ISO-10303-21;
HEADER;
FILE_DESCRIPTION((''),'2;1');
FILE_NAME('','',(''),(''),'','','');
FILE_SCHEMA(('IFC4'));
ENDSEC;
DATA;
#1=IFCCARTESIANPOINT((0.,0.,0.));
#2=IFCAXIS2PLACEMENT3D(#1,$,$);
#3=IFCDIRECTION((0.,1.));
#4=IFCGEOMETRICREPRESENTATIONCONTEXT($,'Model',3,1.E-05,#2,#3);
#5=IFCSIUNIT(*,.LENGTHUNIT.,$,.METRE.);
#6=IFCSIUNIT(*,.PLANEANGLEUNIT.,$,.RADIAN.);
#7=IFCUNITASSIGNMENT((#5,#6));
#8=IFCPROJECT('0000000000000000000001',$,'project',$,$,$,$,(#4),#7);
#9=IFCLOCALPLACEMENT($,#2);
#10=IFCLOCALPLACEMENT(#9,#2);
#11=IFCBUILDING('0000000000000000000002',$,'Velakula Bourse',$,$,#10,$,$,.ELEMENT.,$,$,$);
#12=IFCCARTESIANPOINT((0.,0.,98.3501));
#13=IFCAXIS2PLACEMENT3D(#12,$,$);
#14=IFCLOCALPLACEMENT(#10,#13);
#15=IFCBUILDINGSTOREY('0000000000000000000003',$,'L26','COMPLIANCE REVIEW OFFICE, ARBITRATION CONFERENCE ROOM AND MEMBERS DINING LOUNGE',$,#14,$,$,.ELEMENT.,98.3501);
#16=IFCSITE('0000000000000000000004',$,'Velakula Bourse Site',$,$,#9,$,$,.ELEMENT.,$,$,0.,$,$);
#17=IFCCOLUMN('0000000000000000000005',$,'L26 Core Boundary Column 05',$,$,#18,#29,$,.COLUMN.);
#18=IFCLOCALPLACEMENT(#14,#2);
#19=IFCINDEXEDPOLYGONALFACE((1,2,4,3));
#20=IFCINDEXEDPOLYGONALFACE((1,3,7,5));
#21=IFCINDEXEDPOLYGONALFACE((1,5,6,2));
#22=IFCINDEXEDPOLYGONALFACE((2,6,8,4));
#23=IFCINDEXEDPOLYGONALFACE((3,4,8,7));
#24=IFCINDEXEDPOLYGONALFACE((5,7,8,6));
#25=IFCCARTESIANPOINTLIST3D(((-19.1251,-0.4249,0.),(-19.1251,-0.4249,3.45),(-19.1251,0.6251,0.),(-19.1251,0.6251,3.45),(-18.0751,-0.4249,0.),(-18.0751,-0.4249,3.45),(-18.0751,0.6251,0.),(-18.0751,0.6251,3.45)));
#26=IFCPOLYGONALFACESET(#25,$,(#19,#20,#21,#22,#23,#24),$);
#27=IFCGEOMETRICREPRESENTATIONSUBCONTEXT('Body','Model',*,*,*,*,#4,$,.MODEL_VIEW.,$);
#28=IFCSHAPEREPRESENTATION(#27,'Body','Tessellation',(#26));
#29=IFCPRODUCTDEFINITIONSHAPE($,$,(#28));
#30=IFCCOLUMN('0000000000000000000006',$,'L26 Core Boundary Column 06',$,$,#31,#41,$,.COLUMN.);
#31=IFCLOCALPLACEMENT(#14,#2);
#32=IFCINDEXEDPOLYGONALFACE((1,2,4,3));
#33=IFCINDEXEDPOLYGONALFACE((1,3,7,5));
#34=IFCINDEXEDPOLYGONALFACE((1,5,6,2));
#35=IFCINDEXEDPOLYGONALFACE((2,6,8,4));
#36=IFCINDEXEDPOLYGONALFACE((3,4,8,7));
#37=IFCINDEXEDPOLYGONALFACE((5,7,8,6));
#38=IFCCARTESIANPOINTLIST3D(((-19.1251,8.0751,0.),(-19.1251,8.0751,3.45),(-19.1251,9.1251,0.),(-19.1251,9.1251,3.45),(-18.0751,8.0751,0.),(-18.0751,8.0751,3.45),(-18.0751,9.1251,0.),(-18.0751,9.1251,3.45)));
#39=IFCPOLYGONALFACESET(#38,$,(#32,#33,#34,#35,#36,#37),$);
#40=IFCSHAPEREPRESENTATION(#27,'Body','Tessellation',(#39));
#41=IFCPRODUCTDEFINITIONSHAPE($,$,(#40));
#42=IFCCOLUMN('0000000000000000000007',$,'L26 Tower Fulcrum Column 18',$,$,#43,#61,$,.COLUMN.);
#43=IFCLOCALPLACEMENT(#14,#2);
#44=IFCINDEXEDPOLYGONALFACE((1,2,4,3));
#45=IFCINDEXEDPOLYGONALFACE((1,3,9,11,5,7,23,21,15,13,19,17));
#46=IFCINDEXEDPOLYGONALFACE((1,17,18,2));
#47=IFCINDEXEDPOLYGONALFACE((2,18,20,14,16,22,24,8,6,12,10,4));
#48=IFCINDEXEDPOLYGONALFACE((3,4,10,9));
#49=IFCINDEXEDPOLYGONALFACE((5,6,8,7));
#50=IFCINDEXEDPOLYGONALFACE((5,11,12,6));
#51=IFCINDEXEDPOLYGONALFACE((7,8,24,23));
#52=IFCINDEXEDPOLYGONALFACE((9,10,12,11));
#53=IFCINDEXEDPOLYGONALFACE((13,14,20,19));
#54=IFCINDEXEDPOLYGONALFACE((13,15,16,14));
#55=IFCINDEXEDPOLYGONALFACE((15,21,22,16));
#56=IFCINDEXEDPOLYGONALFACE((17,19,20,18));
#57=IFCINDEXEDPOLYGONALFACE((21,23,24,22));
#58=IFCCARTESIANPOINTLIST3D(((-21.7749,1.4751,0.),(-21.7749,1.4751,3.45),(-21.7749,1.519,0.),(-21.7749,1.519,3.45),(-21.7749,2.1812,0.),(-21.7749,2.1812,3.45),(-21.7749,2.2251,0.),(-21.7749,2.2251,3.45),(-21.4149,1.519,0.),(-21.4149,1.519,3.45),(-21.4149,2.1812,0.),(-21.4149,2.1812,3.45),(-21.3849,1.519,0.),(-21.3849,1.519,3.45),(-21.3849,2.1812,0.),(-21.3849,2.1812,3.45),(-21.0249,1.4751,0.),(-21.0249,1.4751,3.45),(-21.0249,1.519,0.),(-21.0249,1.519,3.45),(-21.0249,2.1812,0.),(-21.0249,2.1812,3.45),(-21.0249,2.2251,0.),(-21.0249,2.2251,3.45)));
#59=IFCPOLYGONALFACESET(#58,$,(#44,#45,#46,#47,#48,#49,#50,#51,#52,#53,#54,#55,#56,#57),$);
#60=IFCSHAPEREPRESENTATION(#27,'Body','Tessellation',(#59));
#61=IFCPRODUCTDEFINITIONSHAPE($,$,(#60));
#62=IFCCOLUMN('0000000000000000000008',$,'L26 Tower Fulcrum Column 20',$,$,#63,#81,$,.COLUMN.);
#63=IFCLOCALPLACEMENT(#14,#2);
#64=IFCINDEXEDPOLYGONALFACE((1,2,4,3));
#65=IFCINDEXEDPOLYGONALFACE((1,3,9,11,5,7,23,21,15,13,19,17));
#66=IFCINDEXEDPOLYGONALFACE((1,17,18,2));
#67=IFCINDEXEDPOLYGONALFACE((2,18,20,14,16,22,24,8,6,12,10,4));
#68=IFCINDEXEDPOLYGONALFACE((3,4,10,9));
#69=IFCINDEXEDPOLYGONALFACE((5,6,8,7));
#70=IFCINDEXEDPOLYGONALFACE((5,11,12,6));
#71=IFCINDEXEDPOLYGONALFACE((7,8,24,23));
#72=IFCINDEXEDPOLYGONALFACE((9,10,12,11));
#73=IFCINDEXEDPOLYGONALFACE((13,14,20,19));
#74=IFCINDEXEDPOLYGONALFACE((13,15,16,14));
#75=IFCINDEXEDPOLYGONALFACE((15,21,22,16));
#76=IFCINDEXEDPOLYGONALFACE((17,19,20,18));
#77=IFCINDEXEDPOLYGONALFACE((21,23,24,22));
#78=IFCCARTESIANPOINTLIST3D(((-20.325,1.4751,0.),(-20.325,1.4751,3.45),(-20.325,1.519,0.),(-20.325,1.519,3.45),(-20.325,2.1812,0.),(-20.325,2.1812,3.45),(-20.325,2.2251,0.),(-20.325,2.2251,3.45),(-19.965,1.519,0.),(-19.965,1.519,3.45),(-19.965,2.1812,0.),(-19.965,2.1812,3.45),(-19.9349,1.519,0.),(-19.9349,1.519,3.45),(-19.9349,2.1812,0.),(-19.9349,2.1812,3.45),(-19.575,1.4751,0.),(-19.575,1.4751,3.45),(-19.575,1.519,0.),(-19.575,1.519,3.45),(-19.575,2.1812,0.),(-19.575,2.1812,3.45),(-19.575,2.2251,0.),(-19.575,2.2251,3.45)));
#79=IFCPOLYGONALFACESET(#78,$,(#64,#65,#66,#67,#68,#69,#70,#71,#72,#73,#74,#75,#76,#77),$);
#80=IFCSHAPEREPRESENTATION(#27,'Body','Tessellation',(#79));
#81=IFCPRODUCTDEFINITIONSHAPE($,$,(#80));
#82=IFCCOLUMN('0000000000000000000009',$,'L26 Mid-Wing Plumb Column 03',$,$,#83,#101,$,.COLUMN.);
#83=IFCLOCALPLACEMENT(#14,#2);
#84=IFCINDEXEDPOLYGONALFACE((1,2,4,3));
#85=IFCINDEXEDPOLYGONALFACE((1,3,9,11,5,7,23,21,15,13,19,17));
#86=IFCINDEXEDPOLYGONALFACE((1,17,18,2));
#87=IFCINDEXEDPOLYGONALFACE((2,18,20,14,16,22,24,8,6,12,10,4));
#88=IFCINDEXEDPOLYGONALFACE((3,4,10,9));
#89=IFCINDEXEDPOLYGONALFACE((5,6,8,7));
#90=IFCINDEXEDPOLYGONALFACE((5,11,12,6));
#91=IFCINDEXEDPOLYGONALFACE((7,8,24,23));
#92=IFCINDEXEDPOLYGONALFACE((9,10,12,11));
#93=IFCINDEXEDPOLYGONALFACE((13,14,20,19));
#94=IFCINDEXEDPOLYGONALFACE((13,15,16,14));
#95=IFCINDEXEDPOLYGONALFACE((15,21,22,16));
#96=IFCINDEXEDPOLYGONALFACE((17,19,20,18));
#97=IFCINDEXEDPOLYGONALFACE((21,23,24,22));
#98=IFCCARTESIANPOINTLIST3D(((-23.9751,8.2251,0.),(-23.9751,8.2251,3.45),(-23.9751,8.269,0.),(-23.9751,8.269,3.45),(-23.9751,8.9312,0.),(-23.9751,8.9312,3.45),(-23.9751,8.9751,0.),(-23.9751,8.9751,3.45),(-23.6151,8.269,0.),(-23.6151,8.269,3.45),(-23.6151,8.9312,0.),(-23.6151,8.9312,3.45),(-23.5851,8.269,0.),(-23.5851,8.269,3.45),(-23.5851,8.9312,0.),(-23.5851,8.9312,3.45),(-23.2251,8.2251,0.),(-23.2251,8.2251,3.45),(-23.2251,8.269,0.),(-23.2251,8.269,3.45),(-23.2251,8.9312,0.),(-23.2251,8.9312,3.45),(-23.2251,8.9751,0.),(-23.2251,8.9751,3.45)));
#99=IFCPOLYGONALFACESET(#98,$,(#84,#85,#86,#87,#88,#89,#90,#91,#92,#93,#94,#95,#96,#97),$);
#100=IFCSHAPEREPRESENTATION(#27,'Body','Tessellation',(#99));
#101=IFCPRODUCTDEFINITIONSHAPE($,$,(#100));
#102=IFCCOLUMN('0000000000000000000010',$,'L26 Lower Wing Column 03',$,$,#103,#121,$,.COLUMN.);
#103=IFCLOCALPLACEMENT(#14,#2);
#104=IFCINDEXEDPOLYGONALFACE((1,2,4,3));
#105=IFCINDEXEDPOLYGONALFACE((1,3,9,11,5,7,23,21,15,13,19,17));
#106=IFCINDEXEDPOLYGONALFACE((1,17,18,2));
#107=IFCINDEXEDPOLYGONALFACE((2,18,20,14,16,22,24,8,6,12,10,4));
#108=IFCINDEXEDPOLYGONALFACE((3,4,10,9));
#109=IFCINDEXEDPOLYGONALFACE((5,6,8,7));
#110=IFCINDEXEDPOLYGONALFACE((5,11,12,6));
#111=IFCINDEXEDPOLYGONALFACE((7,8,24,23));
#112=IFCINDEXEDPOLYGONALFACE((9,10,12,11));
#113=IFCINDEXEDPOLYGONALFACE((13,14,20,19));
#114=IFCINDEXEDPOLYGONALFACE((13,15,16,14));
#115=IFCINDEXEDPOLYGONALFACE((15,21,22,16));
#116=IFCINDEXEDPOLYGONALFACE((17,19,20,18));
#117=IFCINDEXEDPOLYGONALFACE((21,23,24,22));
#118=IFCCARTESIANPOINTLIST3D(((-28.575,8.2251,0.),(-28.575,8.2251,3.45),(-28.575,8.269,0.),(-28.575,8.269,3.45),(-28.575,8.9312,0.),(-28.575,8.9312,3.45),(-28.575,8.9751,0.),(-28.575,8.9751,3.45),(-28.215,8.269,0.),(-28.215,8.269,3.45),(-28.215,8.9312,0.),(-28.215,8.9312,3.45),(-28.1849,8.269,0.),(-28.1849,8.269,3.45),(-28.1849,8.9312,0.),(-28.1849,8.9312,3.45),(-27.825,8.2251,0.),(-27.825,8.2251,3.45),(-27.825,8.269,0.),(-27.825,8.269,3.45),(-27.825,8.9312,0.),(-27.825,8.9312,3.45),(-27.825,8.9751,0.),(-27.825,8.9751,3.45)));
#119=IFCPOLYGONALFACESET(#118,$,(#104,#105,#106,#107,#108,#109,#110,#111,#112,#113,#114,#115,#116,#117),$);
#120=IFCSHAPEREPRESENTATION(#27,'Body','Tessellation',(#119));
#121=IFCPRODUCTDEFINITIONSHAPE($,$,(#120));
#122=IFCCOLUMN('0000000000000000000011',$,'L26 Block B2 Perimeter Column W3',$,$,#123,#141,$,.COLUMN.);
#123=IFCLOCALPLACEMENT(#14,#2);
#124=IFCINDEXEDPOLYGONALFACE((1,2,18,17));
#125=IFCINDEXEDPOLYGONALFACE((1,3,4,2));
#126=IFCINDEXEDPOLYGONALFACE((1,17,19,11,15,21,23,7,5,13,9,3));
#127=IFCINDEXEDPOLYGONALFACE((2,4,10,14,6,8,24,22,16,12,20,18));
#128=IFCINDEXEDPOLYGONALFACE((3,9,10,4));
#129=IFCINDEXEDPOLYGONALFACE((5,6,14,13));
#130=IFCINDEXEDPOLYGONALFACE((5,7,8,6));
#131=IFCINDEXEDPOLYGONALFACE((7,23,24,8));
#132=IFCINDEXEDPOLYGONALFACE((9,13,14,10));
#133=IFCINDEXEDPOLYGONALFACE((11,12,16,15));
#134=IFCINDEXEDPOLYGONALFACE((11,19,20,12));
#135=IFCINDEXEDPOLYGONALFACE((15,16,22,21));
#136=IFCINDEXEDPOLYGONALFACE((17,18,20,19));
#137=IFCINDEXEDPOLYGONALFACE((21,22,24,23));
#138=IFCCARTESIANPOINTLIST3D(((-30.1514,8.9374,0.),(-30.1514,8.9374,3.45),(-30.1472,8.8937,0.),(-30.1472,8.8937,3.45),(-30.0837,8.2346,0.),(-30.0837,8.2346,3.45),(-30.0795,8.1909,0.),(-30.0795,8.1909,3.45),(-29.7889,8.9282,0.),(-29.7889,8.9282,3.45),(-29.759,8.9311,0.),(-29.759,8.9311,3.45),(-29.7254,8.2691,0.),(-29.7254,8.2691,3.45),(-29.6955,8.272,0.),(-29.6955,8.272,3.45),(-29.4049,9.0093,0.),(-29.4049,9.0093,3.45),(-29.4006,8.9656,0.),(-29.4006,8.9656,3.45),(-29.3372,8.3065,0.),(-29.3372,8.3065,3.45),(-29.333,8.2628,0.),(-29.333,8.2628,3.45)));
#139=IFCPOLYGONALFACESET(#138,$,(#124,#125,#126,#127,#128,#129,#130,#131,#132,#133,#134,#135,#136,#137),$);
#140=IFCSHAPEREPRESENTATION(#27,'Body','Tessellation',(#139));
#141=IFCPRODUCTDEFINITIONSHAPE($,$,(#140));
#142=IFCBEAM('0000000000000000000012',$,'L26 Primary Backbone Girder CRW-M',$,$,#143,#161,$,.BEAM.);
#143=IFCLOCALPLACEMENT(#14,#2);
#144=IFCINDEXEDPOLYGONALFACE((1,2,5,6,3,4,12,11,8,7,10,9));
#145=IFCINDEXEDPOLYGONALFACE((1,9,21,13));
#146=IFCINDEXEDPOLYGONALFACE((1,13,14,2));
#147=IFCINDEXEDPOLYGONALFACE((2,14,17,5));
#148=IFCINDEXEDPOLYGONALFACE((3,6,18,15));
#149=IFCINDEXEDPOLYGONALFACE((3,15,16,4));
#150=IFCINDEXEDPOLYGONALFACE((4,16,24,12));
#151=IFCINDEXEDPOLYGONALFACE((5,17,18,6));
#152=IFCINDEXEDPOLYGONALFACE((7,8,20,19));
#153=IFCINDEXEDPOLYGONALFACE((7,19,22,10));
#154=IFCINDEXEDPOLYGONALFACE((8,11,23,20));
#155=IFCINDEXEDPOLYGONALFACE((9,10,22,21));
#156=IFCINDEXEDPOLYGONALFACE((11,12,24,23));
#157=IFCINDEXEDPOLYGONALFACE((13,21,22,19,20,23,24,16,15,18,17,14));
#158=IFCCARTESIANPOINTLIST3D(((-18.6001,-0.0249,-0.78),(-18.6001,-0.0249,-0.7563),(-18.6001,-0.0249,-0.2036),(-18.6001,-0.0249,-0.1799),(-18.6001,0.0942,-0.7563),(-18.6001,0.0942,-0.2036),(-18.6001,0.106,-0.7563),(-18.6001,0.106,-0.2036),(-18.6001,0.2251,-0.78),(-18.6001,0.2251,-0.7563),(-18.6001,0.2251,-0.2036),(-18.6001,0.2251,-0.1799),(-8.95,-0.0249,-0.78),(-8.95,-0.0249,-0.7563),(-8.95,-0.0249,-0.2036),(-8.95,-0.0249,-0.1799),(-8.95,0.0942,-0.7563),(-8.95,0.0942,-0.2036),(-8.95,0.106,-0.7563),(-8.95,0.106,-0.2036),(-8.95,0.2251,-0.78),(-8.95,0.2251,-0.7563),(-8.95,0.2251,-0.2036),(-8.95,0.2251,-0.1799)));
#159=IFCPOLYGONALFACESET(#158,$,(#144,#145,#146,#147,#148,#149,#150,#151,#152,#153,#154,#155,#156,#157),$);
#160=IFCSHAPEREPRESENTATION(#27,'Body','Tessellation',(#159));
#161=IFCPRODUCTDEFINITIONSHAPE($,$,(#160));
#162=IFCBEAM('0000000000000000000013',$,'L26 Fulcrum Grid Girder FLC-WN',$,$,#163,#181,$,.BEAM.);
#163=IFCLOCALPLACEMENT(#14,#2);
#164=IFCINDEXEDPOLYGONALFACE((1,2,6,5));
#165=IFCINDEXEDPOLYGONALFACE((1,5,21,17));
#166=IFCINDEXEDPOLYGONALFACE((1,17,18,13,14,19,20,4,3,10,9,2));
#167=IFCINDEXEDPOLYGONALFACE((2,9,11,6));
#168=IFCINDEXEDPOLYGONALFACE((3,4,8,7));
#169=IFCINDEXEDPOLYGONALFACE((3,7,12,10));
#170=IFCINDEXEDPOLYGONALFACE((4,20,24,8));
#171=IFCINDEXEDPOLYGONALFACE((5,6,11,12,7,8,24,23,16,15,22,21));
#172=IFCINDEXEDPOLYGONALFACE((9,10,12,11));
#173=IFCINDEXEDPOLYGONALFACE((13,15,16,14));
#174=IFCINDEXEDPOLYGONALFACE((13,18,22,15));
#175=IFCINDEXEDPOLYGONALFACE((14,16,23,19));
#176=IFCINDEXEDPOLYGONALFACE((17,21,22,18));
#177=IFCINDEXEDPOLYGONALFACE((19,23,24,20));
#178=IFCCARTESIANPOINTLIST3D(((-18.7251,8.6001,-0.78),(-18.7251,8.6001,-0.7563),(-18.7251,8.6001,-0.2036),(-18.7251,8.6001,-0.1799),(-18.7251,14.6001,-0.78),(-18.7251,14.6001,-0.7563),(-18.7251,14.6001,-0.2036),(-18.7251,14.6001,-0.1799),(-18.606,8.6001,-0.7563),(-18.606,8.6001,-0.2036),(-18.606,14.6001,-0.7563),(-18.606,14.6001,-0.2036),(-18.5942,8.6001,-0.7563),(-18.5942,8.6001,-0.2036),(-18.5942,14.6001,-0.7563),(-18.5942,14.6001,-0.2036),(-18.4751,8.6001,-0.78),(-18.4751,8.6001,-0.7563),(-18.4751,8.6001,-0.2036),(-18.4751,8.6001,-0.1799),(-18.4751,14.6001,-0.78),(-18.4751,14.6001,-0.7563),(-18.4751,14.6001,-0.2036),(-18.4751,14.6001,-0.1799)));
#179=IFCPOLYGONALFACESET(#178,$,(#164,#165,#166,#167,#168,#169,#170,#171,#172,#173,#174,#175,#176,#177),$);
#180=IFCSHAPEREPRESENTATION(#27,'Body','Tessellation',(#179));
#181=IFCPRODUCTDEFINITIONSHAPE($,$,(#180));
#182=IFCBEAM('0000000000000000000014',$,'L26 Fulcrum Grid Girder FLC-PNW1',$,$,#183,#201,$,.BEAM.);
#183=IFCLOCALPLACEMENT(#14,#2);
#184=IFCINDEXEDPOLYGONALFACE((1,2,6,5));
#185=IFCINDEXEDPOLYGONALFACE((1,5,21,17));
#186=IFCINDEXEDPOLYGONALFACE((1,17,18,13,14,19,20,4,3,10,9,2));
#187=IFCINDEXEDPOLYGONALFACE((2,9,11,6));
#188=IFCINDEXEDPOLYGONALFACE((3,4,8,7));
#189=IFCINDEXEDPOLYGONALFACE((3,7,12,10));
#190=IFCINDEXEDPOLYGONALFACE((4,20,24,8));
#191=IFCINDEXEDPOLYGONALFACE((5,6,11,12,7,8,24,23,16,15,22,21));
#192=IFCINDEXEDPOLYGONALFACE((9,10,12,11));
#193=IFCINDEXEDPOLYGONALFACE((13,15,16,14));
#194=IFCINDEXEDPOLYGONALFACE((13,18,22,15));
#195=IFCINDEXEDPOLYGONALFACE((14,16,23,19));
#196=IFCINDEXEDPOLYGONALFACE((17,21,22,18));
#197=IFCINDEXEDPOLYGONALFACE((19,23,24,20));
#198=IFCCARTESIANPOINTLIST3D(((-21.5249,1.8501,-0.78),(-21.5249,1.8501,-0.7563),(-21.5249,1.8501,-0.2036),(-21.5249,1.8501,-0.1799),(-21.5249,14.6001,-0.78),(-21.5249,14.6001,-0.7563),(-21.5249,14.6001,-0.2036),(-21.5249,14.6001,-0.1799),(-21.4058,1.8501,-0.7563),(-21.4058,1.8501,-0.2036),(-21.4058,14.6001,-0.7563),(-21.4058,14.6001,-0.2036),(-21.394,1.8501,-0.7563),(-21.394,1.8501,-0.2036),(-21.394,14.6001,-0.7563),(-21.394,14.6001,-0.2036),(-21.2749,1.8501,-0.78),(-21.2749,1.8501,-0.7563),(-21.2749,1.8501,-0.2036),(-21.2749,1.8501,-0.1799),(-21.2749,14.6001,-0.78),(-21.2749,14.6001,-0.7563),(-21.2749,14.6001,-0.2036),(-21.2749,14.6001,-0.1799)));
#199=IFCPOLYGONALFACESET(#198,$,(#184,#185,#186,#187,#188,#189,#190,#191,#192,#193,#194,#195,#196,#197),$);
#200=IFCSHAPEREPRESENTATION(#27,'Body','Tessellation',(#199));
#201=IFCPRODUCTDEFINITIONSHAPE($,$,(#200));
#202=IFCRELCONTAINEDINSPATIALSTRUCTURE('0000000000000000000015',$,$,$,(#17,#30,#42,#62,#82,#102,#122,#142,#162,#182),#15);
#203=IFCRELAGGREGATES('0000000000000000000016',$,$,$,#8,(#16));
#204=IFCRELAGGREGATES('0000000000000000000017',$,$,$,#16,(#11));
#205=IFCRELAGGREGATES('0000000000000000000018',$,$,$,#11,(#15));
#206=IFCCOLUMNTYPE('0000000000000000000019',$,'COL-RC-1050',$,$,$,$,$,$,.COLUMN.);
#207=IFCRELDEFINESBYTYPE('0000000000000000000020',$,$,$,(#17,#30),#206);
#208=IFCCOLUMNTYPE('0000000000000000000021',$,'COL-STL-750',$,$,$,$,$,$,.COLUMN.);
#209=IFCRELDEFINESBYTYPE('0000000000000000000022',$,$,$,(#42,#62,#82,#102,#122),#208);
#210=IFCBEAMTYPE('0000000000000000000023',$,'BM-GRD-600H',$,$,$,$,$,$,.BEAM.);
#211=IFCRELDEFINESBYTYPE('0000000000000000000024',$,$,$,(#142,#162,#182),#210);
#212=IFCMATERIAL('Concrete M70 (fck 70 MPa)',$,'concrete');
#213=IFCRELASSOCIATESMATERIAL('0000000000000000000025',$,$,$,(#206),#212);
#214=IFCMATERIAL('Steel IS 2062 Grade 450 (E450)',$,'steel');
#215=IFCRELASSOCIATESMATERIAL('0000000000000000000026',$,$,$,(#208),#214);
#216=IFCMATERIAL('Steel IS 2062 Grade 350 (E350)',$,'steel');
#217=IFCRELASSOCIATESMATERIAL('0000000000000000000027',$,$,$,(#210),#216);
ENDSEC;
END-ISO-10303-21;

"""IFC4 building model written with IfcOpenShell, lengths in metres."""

from ifc_helpers import new_model, si_unit, direction, frame, origin, origin_2d, place, context, subcontext, project, spatial, rectangle, i_section, extrude, material, material_profile, profile_set, type_object, element, save


model = new_model("IFC4")

# Units and contexts
model_context = context("Model", 3, precision=1e-05, world=origin(), true_north=direction((0.0, 1.0)))
body_context = subcontext(model_context, "Body", "Model", "MODEL_VIEW")
ifc_project = project(units=[si_unit("LENGTHUNIT", "METRE"), si_unit("PLANEANGLEUNIT", "RADIAN")], contexts=[model_context])

# Site, building, storey
site_placement = place(None, origin())
site = spatial("IfcSite", under=ifc_project, at=site_placement, Name="Velakula Bourse Site", CompositionType="ELEMENT", RefElevation=0.0)
building_placement = place(site_placement, origin())
building = spatial("IfcBuilding", under=site, at=building_placement, Name="Velakula Bourse", CompositionType="ELEMENT")
storey_placement = place(building_placement, frame((0.0, 0.0, 98.3501)))
storey = spatial("IfcBuildingStorey", under=building, at=storey_placement, Name="L26", Description="COMPLIANCE REVIEW OFFICE, ARBITRATION CONFERENCE ROOM AND MEMBERS DINING LOUNGE", CompositionType="ELEMENT", Elevation=98.3501)

# Columns
ifc_material_1 = material(Name="Concrete M70 (fck 70 MPa)", Category="concrete")
ifc_material_profile_1 = material_profile(ifc_material_1, rectangle(XDim=1.05, YDim=1.05, at=origin_2d()), Name="Concrete M70 (fck 70 MPa)")
ifc_profile_set_1 = profile_set([ifc_material_profile_1], Name="Concrete M70 (fck 70 MPa)")
column_type_1 = type_object("IfcColumnType", Name="COL-RC-1050", PredefinedType="COLUMN", material=ifc_profile_set_1)
for number, where, z_axis, x_axis, name in (
    (1, (-18.6001, 0.1001, 0.0), (0.0, 0.0, 1.0), (1.0, 0.0, 0.0), "L26 Core Boundary Column 05"),
    (2, (-18.6001, 8.6001, 0.0), (0.0, 0.0, 1.0), (1.0, 0.0, 0.0), "L26 Core Boundary Column 06"),
):
    element("IfcColumn", number, at=place(storey_placement, frame(where, z_axis=z_axis, x_axis=x_axis)), inside=storey, type_object=column_type_1, Name=name, PredefinedType="COLUMN", context=body_context, shape_type="SweptSolid", body=[
        extrude(rectangle(XDim=1.05, YDim=1.05, at=origin_2d()), origin(), (0.0, 0.0, 1.0), 3.45),
    ])
ifc_material_2 = material(Name="Steel IS 2062 Grade 450 (E450)", Category="steel")
ifc_material_profile_2 = material_profile(ifc_material_2, i_section(OverallWidth=0.75, OverallDepth=0.75, WebThickness=0.03, FlangeThickness=0.0439, at=origin_2d()), Name="Steel IS 2062 Grade 450 (E450)")
ifc_profile_set_2 = profile_set([ifc_material_profile_2], Name="Steel IS 2062 Grade 450 (E450)")
column_type_2 = type_object("IfcColumnType", Name="COL-STL-750", PredefinedType="COLUMN", material=ifc_profile_set_2)
for number, where, z_axis, x_axis, name in (
    (3, (-21.3999, 1.8501, 0.0), (0.0, 0.0, 1.0), (1.0, 0.0, 0.0), "L26 Tower Fulcrum Column 18"),
    (4, (-19.95, 1.8501, 0.0), (0.0, 0.0, 1.0), (1.0, 0.0, 0.0), "L26 Tower Fulcrum Column 20"),
    (5, (-23.6001, 8.6001, 0.0), (0.0, 0.0, 1.0), (1.0, 0.0, 0.0), "L26 Mid-Wing Plumb Column 03"),
    (6, (-28.2, 8.6001, 0.0), (0.0, 0.0, 1.0), (1.0, 0.0, 0.0), "L26 Lower Wing Column 03"),
    (7, (-29.7422, 8.6001, 0.0), (0.0, 0.0, 1.0), (0.995396, 0.095846, 0.0), "L26 Block B2 Perimeter Column W3"),
):
    element("IfcColumn", number, at=place(storey_placement, frame(where, z_axis=z_axis, x_axis=x_axis)), inside=storey, type_object=column_type_2, Name=name, PredefinedType="COLUMN", context=body_context, shape_type="SweptSolid", body=[
        extrude(i_section(OverallWidth=0.75, OverallDepth=0.75, WebThickness=0.03, FlangeThickness=0.0439, at=origin_2d()), origin(), (0.0, 0.0, 1.0), 3.45),
    ])

# Beams
ifc_material_3 = material(Name="Steel IS 2062 Grade 350 (E350)", Category="steel")
ifc_material_profile_3 = material_profile(ifc_material_3, i_section(OverallWidth=0.25, OverallDepth=0.6001, WebThickness=0.0117, FlangeThickness=0.0237, at=origin_2d()), Name="Steel IS 2062 Grade 350 (E350)")
ifc_profile_set_3 = profile_set([ifc_material_profile_3], Name="Steel IS 2062 Grade 350 (E350)")
beam_type_1 = type_object("IfcBeamType", Name="BM-GRD-600H", PredefinedType="BEAM", material=ifc_profile_set_3)
beam_1_placement = place(storey_placement, frame((-18.6001, 0.1001, -0.48), z_axis=(1.0, 0.0, 0.0), x_axis=(0.0, 1.0, 0.0)))
element("IfcBeam", 8, at=beam_1_placement, inside=storey, type_object=beam_type_1, Name="L26 Primary Backbone Girder CRW-M", PredefinedType="BEAM", context=body_context, shape_type="SweptSolid", body=[
    extrude(i_section(OverallWidth=0.25, OverallDepth=0.6001, WebThickness=0.0117, FlangeThickness=0.0237, at=origin_2d()), origin(), (0.0, 0.0, 1.0), 9.6501),
])
beam_2_placement = place(storey_placement, frame((-18.6001, 8.6001, -0.48), z_axis=(0.0, 1.0, 0.0), x_axis=(-1.0, 0.0, 0.0)))
element("IfcBeam", 9, at=beam_2_placement, inside=storey, type_object=beam_type_1, Name="L26 Fulcrum Grid Girder FLC-WN", PredefinedType="BEAM", context=body_context, shape_type="SweptSolid", body=[
    extrude(i_section(OverallWidth=0.25, OverallDepth=0.6001, WebThickness=0.0117, FlangeThickness=0.0237, at=origin_2d()), origin(), (0.0, 0.0, 1.0), 6.0),
])
for number, where, z_axis, x_axis, name in (
    (10, (-21.3999, 1.8501, -0.48), (0.0, 1.0, 0.0), (-1.0, 0.0, 0.0), "L26 Fulcrum Grid Girder FLC-PNW1"),
):
    element("IfcBeam", number, at=place(storey_placement, frame(where, z_axis=z_axis, x_axis=x_axis)), inside=storey, type_object=beam_type_1, Name=name, PredefinedType="BEAM", context=body_context, shape_type="SweptSolid", body=[
        extrude(i_section(OverallWidth=0.25, OverallDepth=0.6001, WebThickness=0.0117, FlangeThickness=0.0237, at=origin_2d()), origin(), (0.0, 0.0, 1.0), 12.75),
    ])

save(model, "model.ifc")
